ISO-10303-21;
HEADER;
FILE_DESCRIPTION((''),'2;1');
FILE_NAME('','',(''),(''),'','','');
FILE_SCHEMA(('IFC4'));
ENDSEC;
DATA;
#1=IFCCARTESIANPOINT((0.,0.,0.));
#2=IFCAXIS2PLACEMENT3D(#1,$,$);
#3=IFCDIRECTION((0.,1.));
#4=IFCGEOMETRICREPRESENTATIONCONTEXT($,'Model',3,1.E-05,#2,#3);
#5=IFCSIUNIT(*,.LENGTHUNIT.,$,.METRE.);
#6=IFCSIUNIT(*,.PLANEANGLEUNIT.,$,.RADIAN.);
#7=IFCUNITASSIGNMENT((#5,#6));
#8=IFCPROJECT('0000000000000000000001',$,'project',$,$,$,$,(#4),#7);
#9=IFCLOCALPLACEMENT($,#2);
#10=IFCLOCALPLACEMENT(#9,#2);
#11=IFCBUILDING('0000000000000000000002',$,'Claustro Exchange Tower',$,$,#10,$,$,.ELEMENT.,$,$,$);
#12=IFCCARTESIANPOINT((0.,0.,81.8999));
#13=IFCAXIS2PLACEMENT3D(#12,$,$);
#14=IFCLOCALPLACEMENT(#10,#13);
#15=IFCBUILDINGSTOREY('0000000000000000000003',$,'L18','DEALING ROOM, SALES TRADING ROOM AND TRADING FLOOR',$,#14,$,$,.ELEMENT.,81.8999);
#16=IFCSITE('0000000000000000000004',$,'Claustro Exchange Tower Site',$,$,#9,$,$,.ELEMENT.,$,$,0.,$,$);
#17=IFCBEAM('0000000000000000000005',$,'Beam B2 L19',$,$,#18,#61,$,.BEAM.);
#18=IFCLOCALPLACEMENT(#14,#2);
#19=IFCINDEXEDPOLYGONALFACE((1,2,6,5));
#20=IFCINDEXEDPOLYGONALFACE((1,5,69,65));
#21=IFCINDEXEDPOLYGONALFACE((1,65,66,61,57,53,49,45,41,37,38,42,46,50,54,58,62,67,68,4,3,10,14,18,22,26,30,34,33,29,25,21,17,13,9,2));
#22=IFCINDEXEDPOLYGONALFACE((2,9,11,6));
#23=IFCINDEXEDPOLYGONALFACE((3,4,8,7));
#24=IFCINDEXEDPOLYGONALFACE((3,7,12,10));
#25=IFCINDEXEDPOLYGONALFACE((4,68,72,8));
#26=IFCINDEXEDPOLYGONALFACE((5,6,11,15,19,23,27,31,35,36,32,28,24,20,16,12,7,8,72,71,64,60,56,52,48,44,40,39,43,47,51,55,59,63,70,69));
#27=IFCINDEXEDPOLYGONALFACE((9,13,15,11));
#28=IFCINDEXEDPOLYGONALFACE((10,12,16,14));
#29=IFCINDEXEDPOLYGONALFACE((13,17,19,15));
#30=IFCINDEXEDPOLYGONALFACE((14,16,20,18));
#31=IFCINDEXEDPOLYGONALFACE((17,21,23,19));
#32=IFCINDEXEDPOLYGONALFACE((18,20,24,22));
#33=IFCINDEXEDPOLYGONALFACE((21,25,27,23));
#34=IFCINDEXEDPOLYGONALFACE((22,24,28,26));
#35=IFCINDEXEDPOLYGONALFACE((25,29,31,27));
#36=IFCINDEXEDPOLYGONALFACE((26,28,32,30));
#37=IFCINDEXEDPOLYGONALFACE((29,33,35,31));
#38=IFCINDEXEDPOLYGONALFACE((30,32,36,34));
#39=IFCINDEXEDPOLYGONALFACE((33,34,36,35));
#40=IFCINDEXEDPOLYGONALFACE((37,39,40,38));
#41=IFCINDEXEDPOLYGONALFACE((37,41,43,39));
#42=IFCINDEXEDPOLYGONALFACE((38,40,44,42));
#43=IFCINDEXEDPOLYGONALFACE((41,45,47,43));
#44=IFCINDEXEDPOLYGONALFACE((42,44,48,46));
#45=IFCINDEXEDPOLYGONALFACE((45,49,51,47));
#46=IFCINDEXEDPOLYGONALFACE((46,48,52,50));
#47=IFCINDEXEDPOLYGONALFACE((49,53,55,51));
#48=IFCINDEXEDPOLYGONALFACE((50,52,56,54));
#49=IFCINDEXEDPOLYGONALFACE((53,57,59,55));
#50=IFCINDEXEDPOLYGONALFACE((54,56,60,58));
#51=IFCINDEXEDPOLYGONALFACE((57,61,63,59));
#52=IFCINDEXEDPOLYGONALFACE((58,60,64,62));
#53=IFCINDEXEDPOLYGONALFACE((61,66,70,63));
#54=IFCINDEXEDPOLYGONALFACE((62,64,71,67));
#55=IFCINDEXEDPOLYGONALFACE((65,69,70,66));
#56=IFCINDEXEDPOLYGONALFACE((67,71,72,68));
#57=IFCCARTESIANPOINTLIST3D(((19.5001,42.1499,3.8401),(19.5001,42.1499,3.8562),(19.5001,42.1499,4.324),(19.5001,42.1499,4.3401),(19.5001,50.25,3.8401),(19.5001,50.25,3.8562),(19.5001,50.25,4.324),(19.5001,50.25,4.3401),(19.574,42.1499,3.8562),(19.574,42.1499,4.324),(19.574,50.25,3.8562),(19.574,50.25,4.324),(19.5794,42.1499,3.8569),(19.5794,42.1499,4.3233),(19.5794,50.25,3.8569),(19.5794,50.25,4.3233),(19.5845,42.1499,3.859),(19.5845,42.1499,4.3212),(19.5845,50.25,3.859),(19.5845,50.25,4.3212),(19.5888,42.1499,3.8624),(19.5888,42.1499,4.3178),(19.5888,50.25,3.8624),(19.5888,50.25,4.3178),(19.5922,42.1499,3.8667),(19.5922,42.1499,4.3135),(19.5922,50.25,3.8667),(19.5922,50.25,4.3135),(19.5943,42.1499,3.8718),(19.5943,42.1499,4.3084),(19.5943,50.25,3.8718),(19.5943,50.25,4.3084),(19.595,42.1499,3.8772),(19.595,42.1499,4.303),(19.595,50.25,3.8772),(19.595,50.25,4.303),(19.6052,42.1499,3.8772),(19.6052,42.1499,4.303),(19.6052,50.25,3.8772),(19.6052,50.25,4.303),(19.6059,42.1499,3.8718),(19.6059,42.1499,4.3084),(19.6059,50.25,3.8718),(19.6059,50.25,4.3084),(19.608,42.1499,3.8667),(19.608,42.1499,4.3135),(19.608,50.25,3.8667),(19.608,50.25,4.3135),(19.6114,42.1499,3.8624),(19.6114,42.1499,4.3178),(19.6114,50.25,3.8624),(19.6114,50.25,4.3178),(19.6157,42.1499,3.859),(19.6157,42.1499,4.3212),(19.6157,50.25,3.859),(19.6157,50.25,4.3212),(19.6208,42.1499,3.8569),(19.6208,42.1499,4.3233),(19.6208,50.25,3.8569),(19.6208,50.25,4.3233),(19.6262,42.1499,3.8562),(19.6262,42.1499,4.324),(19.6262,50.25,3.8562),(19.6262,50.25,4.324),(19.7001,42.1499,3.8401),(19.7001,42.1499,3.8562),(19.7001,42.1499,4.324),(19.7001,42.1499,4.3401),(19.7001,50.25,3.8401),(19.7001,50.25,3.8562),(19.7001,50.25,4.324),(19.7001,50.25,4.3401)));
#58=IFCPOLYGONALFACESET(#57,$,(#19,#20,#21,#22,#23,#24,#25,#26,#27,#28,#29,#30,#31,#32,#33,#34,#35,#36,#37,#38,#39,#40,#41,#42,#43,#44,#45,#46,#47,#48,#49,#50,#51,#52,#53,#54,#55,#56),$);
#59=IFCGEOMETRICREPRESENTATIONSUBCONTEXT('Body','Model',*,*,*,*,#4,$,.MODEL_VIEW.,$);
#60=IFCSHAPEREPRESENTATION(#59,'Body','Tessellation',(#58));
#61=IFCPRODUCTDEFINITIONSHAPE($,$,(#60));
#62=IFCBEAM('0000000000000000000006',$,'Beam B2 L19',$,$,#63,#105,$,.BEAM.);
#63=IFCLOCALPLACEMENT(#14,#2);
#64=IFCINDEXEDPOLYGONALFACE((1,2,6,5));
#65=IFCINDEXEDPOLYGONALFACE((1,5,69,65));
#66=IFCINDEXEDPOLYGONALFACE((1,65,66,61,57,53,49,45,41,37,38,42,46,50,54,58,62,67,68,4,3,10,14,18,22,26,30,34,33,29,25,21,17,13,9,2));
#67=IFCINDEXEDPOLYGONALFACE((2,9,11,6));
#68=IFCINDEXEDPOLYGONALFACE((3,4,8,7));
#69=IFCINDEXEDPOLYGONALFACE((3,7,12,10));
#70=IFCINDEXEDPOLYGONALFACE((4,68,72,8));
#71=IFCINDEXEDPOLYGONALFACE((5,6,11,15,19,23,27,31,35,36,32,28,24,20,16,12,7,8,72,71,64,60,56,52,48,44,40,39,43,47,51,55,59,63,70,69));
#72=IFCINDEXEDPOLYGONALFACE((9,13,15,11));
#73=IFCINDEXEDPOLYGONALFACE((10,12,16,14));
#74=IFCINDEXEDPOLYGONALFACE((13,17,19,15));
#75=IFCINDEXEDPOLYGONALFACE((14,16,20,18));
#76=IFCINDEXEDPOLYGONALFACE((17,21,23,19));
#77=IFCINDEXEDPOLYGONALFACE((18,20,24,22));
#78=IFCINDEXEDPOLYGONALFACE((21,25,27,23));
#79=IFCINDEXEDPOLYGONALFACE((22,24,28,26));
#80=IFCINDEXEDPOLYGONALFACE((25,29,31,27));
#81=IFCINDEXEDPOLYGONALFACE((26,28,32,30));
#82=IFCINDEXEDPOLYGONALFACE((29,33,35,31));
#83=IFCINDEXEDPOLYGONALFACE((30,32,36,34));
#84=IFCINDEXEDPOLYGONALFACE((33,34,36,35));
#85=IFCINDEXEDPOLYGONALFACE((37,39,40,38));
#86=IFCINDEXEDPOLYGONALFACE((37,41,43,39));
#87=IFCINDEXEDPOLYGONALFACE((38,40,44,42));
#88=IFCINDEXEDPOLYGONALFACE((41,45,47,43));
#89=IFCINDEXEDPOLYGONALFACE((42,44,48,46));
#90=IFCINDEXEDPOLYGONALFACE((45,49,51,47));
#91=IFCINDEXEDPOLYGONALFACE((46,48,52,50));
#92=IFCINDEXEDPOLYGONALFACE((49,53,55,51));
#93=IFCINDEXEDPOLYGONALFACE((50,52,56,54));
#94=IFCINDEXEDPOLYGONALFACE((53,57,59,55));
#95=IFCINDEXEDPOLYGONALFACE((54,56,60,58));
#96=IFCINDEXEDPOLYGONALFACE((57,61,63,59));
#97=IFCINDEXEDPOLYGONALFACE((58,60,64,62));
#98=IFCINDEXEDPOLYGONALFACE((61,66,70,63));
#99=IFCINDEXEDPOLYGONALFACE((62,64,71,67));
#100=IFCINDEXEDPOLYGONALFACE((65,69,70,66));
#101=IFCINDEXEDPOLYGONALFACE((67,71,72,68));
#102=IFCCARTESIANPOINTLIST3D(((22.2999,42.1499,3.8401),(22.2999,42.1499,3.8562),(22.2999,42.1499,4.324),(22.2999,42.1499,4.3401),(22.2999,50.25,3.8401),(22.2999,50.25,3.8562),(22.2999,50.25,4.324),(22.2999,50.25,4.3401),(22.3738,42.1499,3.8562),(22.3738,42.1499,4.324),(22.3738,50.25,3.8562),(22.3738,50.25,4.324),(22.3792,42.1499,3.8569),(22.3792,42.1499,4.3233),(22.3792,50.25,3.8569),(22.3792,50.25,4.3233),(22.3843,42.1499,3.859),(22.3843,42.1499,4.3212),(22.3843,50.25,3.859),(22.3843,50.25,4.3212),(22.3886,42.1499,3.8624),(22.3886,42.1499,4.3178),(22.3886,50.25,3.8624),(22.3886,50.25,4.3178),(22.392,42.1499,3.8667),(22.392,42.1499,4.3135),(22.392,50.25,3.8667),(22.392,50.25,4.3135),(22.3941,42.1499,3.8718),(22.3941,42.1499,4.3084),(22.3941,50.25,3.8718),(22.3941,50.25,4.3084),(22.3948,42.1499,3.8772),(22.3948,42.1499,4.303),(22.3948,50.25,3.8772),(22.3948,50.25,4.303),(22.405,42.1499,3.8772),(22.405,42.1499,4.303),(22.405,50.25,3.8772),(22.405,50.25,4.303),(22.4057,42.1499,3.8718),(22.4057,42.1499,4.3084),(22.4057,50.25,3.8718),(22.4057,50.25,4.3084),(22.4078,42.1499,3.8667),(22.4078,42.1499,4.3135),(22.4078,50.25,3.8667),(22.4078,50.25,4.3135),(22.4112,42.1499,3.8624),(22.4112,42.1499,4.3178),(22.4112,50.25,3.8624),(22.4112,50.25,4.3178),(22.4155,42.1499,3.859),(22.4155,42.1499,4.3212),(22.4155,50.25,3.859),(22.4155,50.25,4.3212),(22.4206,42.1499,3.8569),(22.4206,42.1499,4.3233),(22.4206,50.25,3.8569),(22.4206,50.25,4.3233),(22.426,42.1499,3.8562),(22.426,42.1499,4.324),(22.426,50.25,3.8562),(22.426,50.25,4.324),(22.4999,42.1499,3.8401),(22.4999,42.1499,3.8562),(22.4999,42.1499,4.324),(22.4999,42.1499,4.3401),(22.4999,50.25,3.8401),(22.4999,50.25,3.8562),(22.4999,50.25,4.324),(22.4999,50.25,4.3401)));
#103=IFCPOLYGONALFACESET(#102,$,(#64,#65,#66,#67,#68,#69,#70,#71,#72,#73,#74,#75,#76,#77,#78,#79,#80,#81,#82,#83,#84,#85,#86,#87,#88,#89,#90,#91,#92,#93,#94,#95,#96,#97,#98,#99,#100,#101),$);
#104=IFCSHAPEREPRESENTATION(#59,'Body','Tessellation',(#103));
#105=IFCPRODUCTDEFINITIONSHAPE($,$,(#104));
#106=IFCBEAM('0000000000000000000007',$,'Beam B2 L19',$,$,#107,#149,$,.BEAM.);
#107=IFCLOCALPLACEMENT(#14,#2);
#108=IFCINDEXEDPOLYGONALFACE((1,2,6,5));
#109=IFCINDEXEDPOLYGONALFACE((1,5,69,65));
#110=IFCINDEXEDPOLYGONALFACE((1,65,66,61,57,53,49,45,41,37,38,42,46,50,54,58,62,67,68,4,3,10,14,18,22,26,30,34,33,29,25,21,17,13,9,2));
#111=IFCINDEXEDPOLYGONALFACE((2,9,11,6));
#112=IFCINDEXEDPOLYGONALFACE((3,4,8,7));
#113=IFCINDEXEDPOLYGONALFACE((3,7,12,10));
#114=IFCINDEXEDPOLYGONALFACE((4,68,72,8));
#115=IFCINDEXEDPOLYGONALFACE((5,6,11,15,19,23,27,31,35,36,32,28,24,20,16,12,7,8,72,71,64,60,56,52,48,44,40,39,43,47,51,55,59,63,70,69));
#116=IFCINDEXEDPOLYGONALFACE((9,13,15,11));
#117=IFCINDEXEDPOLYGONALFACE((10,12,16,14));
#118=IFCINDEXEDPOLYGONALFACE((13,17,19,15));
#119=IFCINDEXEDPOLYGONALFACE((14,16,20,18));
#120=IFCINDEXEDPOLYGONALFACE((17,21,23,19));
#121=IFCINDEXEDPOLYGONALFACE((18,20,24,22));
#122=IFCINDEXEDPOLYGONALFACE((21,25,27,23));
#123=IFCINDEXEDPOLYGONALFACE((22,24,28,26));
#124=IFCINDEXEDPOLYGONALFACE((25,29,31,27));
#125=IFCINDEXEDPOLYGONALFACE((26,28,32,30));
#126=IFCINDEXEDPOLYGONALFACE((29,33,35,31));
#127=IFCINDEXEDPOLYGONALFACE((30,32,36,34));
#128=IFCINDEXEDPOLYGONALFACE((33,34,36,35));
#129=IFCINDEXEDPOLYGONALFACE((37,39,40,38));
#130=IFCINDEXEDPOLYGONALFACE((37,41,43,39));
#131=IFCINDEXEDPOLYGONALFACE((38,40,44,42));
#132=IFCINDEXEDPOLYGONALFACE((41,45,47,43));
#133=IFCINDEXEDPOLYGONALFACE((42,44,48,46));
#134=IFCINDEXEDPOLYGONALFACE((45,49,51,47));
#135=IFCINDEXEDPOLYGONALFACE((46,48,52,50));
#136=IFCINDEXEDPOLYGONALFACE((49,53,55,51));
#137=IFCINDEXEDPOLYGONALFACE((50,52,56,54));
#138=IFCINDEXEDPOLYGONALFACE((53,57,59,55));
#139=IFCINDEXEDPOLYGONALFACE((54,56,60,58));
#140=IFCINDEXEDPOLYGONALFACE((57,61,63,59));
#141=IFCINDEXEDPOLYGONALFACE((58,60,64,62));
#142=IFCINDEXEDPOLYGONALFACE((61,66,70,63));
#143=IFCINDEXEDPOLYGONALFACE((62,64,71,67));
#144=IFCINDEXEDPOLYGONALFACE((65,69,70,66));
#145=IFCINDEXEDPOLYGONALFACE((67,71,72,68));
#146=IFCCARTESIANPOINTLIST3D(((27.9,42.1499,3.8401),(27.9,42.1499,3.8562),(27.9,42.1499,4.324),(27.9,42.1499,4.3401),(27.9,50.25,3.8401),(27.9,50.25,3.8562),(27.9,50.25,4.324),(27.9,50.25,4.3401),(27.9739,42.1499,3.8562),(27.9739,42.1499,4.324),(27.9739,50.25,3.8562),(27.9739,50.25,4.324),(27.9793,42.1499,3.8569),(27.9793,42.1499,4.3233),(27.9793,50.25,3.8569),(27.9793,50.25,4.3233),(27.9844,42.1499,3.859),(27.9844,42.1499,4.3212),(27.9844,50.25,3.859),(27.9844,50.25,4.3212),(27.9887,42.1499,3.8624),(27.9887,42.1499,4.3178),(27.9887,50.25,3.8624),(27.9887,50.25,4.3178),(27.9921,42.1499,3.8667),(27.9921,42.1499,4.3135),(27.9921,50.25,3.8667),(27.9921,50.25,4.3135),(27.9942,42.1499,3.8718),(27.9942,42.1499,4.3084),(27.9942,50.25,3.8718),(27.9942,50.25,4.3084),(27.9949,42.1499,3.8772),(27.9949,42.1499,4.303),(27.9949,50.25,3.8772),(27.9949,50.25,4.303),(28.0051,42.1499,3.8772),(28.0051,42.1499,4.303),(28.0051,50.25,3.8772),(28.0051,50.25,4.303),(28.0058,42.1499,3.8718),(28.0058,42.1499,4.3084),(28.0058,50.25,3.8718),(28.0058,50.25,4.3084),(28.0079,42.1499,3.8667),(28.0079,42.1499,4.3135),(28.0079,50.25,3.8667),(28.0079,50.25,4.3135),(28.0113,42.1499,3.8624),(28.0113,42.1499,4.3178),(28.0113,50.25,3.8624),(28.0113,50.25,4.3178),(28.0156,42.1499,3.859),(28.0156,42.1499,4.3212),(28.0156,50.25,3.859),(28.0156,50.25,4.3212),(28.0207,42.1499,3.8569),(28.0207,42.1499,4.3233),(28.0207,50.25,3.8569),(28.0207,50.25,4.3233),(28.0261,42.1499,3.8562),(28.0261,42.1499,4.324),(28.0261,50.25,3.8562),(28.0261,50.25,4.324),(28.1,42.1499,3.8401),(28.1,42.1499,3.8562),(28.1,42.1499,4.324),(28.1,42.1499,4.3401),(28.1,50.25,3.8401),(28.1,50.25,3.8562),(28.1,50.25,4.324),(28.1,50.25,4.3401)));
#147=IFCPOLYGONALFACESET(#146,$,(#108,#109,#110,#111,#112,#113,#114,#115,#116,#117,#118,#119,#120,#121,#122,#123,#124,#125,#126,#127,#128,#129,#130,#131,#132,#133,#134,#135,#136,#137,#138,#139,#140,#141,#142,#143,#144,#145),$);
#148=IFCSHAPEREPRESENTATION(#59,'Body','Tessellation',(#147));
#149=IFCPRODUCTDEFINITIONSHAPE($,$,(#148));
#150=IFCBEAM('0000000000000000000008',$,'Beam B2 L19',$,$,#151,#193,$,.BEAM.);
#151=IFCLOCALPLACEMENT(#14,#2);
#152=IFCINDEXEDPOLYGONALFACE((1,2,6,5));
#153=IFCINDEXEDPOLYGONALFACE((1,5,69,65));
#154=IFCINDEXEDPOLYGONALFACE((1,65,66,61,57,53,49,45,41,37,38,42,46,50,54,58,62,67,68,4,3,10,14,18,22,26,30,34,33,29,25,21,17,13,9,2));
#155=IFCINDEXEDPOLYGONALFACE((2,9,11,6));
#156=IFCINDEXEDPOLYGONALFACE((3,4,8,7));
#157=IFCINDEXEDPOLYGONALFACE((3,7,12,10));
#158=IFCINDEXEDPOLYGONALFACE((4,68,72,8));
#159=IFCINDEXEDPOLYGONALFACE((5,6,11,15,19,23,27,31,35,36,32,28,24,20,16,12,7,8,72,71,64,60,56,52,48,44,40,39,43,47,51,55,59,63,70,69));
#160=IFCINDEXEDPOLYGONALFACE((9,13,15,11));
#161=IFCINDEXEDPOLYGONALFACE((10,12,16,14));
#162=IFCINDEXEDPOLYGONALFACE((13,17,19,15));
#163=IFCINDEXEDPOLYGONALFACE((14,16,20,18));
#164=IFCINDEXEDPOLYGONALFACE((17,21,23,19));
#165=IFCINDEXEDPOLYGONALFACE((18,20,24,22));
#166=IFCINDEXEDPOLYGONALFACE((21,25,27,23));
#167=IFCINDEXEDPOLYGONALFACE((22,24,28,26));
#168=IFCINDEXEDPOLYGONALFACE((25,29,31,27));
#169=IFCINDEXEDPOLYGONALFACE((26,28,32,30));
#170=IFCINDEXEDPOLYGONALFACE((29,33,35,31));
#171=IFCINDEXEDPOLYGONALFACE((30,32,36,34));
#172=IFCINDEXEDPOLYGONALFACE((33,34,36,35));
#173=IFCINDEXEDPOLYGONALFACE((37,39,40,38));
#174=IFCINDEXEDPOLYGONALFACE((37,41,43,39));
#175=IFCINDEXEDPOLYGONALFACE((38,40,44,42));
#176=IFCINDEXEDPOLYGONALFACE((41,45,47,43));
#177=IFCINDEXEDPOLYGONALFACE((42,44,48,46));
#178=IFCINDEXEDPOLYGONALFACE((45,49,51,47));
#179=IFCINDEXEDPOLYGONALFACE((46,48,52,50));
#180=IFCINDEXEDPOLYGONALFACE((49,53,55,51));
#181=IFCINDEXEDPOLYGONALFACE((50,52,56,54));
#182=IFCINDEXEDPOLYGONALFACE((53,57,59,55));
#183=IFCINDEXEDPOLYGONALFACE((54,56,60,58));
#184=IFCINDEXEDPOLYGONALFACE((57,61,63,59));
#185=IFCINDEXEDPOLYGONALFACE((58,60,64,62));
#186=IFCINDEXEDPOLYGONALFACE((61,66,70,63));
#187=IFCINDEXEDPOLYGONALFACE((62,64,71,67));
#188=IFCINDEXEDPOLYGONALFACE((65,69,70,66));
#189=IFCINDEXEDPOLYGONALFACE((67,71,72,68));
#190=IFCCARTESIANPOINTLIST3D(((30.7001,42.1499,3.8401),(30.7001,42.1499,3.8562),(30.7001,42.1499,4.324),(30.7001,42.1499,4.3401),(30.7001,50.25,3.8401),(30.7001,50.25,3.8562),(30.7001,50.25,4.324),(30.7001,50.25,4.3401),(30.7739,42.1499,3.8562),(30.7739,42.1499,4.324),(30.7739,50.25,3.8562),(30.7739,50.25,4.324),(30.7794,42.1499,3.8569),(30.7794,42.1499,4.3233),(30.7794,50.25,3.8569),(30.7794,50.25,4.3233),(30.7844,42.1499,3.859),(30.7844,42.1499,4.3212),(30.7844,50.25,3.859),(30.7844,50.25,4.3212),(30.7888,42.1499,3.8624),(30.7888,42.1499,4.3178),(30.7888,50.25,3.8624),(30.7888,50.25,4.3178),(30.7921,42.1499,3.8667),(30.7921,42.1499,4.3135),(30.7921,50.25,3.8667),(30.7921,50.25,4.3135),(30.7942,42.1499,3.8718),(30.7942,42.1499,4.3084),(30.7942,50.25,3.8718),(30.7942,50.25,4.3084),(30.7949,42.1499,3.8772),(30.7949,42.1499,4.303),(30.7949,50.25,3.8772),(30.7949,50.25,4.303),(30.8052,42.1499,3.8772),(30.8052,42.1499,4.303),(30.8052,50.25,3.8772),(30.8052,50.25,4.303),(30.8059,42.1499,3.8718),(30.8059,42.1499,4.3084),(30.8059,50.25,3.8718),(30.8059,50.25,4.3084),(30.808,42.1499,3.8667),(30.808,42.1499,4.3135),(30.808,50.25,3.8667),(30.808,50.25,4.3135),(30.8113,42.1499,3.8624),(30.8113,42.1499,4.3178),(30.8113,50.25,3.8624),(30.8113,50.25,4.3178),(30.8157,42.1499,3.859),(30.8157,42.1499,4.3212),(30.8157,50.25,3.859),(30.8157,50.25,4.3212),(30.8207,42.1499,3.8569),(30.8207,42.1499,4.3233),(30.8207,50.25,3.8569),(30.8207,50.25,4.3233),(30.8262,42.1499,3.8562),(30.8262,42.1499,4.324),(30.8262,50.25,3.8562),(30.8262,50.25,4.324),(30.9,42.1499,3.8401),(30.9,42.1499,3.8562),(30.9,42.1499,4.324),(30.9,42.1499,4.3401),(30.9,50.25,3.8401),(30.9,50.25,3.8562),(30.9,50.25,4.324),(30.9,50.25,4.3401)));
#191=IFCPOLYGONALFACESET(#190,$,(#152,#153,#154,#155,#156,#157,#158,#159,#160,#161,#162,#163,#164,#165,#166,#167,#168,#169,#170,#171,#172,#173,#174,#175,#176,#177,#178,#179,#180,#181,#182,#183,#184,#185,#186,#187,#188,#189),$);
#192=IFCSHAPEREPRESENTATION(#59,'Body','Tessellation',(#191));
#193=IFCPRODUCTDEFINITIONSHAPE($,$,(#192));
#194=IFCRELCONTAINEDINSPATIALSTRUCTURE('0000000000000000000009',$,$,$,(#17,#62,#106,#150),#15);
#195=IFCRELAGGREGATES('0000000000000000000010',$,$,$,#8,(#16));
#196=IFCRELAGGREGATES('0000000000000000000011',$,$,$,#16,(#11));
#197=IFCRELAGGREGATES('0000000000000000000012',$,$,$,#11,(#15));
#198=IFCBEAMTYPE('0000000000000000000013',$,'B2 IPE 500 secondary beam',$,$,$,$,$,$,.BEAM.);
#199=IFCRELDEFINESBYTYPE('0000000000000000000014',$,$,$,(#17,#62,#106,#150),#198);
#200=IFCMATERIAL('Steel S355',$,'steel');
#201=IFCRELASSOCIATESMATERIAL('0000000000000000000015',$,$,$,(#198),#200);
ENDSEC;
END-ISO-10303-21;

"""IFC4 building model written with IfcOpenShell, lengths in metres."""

from ifc_helpers import new_model, si_unit, direction, frame, origin, origin_2d, place, context, subcontext, project, spatial, i_section, extrude, material, material_profile, profile_set, type_object, element, save


model = new_model("IFC4")

# Units and contexts
model_context = context("Model", 3, precision=1e-05, world=origin(), true_north=direction((0.0, 1.0)))
body_context = subcontext(model_context, "Body", "Model", "MODEL_VIEW")
ifc_project = project(units=[si_unit("LENGTHUNIT", "METRE"), si_unit("PLANEANGLEUNIT", "RADIAN")], contexts=[model_context])

# Site, building, storey
site_placement = place(None, origin())
site = spatial("IfcSite", under=ifc_project, at=site_placement, Name="Claustro Exchange Tower Site", CompositionType="ELEMENT", RefElevation=0.0)
building_placement = place(site_placement, origin())
building = spatial("IfcBuilding", under=site, at=building_placement, Name="Claustro Exchange Tower", CompositionType="ELEMENT")
storey_placement = place(building_placement, frame((0.0, 0.0, 81.8999)))
storey = spatial("IfcBuildingStorey", under=building, at=storey_placement, Name="L18", Description="DEALING ROOM, SALES TRADING ROOM AND TRADING FLOOR", CompositionType="ELEMENT", Elevation=81.8999)

# Beams
ifc_material_1 = material(Name="Steel S355", Category="steel")
ifc_material_profile_1 = material_profile(ifc_material_1, i_section(OverallWidth=0.2, OverallDepth=0.5, WebThickness=0.0103, FlangeThickness=0.0161, FilletRadius=0.021, at=origin_2d()), Name="IPE 500")
ifc_profile_set_1 = profile_set([ifc_material_profile_1], Name="Steel S355")
beam_type_1 = type_object("IfcBeamType", Name="B2 IPE 500 secondary beam", PredefinedType="BEAM", material=ifc_profile_set_1)
for number, where, z_axis, x_axis, name in (
    (1, (19.6001, 42.1499, 4.0901), (0.0, 1.0, 0.0), (-1.0, 0.0, 0.0), "Beam B2 L19"),
    (2, (22.3999, 42.1499, 4.0901), (0.0, 1.0, 0.0), (-1.0, 0.0, 0.0), "Beam B2 L19"),
    (3, (28.0, 42.1499, 4.0901), (0.0, 1.0, 0.0), (-1.0, 0.0, 0.0), "Beam B2 L19"),
    (4, (30.8, 42.1499, 4.0901), (0.0, 1.0, 0.0), (-1.0, 0.0, 0.0), "Beam B2 L19"),
):
    element("IfcBeam", number, at=place(storey_placement, frame(where, z_axis=z_axis, x_axis=x_axis)), inside=storey, type_object=beam_type_1, Name=name, PredefinedType="BEAM", context=body_context, shape_type="SweptSolid", body=[
        extrude(i_section(OverallWidth=0.2, OverallDepth=0.5, WebThickness=0.0103, FlangeThickness=0.0161, FilletRadius=0.021, at=origin_2d()), origin(), (0.0, 0.0, 1.0), 8.1001),
    ])

save(model, "model.ifc")
